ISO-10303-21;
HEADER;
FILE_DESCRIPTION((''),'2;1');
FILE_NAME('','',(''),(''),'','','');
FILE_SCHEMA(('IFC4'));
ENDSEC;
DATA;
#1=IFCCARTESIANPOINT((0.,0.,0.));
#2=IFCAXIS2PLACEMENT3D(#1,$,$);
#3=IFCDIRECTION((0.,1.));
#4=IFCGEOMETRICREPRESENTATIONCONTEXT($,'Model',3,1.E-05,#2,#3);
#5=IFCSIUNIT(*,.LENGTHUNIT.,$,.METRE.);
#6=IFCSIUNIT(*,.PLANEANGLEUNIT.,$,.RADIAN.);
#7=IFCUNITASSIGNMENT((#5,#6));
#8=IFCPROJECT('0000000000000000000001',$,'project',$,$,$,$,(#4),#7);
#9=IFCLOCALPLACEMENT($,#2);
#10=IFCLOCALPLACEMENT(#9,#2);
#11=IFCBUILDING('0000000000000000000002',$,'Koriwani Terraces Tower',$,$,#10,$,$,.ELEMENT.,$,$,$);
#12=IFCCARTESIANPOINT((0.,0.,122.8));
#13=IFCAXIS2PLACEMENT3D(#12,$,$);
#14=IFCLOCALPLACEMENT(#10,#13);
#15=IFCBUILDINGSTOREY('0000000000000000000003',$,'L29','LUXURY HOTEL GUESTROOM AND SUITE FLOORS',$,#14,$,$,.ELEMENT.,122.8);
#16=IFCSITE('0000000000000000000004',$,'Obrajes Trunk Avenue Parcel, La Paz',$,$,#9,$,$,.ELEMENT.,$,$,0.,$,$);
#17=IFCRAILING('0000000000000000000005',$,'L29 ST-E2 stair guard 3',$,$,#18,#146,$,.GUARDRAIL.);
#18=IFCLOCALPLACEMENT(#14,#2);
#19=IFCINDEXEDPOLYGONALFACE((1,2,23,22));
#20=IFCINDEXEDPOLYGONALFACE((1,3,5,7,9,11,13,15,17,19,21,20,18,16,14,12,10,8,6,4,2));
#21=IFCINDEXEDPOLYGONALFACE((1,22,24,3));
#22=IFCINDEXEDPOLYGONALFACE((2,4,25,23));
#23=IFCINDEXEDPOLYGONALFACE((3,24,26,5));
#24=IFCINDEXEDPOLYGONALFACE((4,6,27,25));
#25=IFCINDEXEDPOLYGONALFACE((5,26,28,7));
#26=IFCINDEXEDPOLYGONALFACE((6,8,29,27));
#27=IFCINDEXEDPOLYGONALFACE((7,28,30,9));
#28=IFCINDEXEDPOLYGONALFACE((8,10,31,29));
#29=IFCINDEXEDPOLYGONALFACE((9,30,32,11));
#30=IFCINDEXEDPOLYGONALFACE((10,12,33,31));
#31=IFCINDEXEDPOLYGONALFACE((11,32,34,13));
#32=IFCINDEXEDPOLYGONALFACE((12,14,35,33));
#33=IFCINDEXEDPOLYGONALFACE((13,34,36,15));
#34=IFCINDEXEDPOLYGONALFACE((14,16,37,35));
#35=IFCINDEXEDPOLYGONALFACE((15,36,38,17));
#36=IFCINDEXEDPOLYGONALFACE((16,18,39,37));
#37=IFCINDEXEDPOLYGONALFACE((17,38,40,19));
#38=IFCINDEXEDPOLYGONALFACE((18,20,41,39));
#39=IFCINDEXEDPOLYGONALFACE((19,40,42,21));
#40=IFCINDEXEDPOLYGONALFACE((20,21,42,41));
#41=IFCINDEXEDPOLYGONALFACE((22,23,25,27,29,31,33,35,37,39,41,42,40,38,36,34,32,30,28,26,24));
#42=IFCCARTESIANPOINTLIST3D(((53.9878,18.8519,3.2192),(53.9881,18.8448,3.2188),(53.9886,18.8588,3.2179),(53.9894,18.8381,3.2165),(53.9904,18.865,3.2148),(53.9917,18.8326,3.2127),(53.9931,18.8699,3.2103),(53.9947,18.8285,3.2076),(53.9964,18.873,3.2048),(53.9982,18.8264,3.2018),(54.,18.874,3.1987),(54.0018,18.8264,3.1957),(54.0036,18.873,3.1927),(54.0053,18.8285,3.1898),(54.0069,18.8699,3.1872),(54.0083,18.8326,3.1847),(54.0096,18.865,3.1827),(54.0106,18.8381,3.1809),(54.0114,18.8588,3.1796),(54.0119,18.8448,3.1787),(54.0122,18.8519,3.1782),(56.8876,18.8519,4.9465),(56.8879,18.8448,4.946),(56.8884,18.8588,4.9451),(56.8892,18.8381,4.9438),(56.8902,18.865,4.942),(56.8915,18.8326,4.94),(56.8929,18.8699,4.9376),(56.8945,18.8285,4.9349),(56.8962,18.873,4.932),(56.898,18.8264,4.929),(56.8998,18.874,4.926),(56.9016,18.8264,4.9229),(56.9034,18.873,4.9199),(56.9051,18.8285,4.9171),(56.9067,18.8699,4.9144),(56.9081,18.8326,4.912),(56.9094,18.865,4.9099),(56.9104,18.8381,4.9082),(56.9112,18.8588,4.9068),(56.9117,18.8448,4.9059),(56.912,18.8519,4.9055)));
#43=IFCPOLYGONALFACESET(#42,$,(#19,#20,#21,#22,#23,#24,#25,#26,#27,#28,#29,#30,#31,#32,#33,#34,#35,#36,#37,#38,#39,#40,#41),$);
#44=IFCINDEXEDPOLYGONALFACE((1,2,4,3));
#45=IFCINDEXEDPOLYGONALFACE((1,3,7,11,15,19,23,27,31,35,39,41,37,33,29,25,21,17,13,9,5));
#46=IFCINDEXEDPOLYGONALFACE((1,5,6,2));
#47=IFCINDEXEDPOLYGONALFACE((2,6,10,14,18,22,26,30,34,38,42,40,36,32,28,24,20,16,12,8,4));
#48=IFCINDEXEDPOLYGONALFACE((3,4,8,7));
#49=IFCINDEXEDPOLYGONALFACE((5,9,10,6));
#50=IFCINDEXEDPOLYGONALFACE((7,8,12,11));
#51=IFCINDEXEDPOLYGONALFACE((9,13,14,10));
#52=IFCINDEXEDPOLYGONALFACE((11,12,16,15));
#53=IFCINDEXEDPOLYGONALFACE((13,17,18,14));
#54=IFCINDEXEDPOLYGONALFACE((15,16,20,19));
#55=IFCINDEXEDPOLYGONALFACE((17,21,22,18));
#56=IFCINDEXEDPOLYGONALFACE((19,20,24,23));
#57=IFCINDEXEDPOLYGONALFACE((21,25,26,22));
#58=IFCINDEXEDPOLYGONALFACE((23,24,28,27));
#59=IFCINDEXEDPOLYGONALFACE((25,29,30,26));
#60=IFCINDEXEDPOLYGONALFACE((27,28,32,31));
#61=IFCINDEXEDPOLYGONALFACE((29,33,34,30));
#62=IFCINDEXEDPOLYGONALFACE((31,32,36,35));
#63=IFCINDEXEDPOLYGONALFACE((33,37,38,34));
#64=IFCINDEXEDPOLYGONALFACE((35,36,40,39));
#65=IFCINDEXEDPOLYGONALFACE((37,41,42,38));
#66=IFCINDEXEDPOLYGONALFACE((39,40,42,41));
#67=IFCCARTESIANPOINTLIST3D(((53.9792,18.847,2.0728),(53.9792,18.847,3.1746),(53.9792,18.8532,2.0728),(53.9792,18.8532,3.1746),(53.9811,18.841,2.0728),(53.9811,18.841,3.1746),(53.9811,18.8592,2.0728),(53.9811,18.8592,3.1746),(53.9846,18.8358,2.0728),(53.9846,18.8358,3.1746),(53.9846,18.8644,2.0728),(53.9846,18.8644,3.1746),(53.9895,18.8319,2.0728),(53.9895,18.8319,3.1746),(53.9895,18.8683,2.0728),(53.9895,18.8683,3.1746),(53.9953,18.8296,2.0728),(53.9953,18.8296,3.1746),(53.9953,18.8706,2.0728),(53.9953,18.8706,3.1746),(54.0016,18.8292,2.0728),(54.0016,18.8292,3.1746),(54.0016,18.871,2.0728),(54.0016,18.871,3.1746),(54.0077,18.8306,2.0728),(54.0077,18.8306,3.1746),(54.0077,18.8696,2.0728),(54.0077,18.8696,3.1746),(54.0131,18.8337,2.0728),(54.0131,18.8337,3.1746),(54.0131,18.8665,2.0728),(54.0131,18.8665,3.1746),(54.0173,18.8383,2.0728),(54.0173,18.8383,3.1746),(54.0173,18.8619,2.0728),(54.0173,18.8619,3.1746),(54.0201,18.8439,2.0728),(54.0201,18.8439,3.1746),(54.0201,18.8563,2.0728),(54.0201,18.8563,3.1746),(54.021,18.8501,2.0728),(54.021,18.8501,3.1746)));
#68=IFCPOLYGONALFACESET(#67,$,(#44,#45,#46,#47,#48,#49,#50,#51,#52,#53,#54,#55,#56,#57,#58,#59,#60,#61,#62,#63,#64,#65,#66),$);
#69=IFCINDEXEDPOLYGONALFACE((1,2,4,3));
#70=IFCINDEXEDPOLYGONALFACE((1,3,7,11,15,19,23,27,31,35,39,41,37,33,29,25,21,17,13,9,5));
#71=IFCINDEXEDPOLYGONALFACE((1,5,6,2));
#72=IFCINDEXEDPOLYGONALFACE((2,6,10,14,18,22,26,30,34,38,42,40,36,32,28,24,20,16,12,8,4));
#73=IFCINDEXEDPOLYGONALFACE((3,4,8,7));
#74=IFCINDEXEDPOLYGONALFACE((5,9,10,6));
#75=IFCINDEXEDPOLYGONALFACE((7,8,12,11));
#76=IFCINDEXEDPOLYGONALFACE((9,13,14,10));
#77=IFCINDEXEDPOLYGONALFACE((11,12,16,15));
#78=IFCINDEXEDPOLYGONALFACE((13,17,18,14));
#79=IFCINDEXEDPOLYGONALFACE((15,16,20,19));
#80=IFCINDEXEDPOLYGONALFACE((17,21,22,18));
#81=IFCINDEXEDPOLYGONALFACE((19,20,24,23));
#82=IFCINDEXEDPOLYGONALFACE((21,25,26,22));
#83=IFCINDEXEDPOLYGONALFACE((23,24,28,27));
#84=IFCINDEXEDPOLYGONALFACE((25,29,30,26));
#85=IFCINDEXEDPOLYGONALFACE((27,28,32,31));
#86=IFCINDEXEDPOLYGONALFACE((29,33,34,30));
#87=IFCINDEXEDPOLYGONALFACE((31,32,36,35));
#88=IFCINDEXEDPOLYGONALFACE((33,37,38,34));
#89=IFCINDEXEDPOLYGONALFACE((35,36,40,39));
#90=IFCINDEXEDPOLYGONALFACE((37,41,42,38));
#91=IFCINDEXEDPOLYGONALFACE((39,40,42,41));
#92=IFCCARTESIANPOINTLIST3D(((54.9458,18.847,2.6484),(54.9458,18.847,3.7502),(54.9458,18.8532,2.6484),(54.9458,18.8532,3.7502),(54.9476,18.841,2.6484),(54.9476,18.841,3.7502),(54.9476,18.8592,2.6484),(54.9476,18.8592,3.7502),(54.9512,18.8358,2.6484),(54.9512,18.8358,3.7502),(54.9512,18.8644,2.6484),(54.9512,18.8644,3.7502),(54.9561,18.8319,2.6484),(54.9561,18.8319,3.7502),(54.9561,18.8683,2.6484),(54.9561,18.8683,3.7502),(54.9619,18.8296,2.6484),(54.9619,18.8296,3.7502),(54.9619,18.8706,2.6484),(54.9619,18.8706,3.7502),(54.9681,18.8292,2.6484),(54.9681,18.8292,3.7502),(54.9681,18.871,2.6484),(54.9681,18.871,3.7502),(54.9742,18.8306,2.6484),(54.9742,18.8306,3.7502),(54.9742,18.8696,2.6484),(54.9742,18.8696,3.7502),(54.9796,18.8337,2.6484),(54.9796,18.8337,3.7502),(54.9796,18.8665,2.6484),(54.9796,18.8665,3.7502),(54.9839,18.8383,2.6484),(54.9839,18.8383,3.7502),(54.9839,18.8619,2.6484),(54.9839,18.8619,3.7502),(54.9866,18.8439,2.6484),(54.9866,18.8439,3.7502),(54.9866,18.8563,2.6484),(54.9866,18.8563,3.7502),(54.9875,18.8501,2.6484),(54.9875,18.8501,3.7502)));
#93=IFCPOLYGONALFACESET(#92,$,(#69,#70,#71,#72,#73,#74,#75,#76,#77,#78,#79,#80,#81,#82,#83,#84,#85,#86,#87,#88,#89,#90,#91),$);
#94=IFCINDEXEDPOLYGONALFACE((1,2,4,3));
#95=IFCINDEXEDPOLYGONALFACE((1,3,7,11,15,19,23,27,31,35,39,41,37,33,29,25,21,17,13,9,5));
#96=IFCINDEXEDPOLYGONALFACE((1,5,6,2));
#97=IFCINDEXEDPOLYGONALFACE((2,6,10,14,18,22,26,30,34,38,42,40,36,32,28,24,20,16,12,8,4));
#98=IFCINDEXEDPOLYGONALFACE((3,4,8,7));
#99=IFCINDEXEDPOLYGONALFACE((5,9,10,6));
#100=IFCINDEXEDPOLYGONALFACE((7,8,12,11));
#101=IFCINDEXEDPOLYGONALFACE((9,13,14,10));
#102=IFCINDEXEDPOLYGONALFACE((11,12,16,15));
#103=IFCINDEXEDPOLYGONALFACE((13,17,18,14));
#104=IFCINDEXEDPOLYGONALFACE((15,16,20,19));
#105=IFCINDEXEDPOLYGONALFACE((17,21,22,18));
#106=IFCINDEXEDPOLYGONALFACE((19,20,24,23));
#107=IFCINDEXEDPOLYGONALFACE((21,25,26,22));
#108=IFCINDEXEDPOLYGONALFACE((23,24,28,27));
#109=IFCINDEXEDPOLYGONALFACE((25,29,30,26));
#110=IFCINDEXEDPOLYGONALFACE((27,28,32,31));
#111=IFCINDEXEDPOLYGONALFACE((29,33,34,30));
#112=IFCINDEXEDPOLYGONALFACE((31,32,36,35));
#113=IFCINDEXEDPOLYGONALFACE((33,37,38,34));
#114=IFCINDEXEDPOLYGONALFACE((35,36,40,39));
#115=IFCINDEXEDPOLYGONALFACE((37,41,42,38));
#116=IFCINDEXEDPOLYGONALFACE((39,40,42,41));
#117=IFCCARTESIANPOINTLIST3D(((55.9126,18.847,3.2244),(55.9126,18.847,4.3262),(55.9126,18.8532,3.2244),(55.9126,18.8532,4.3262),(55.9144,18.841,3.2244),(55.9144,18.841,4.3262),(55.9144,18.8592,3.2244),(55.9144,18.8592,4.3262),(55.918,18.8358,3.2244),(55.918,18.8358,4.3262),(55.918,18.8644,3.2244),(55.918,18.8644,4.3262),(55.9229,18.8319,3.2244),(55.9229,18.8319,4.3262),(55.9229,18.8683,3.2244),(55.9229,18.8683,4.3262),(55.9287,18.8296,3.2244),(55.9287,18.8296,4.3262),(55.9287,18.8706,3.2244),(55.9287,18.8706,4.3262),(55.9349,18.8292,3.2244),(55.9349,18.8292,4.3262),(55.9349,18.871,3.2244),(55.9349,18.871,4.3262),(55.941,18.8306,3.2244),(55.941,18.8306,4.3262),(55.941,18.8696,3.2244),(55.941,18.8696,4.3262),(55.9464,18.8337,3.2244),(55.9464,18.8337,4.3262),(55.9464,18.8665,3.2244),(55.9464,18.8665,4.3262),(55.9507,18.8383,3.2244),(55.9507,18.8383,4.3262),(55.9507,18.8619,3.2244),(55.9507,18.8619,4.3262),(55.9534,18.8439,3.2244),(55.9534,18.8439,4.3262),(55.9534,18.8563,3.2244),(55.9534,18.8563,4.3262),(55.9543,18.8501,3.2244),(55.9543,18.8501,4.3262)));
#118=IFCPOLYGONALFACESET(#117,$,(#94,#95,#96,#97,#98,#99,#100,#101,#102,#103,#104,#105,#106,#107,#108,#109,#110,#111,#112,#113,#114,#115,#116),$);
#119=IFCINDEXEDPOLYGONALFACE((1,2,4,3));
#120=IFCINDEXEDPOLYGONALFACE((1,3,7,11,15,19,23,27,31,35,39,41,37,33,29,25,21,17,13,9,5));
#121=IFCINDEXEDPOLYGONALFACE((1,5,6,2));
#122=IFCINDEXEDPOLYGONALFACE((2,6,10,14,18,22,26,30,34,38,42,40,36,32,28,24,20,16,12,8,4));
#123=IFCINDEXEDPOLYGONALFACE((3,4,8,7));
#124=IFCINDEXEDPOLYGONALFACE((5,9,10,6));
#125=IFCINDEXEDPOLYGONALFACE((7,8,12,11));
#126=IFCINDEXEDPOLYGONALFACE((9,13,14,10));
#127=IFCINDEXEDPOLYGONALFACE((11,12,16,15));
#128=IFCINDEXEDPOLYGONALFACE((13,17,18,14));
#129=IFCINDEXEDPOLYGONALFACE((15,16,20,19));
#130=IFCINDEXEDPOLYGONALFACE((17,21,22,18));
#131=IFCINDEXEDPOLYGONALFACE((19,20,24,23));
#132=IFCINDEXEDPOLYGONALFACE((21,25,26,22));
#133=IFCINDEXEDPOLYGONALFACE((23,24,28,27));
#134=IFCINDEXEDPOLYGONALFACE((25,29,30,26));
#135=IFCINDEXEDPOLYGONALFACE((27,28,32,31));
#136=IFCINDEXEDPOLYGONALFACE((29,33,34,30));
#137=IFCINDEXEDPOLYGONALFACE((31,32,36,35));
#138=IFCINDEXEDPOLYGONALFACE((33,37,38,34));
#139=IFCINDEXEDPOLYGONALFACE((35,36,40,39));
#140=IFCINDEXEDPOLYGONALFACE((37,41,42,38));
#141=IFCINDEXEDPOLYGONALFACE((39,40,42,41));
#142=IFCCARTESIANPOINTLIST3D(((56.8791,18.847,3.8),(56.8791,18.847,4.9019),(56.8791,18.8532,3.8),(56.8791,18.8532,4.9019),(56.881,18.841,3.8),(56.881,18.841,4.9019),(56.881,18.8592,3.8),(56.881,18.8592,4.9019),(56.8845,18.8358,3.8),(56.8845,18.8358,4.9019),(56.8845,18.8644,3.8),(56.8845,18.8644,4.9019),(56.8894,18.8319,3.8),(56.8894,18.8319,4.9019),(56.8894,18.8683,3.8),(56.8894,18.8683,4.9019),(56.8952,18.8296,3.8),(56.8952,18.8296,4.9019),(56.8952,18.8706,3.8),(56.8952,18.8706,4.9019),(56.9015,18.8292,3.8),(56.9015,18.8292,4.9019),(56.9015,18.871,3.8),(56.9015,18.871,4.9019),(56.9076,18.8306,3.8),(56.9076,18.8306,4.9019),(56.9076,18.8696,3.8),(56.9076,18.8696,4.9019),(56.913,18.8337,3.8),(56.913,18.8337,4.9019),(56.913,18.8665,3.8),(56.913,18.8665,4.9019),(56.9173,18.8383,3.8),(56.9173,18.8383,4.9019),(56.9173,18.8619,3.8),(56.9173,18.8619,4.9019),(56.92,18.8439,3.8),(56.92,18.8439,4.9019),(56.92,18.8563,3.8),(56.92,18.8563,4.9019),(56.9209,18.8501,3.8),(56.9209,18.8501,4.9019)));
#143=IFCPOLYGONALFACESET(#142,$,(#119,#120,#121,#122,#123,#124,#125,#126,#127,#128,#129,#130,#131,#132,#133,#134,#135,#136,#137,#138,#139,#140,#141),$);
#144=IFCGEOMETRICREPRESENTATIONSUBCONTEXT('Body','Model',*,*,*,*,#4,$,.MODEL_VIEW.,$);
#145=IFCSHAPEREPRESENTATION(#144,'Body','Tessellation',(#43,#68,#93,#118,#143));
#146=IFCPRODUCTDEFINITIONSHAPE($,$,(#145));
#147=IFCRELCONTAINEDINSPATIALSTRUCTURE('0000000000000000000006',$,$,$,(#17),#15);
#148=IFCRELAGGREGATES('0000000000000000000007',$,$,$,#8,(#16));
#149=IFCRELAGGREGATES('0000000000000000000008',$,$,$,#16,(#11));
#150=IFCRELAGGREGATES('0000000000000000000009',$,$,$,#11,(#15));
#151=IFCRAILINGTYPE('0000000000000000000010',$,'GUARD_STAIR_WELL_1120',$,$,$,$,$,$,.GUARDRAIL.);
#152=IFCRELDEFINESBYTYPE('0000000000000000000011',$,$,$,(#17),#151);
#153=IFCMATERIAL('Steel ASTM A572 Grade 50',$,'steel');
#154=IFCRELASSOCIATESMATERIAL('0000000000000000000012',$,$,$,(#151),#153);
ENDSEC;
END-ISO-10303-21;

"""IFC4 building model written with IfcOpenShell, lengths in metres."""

from ifc_helpers import new_model, si_unit, direction, frame, origin, origin_2d, place, context, subcontext, project, spatial, circle, extrude, material, type_object, element, save


model = new_model("IFC4")

# Units and contexts
model_context = context("Model", 3, precision=1e-05, world=origin(), true_north=direction((0.0, 1.0)))
body_context = subcontext(model_context, "Body", "Model", "MODEL_VIEW")
ifc_project = project(units=[si_unit("LENGTHUNIT", "METRE"), si_unit("PLANEANGLEUNIT", "RADIAN")], contexts=[model_context])

# Site, building, storey
site_placement = place(None, origin())
site = spatial("IfcSite", under=ifc_project, at=site_placement, Name="Obrajes Trunk Avenue Parcel, La Paz", CompositionType="ELEMENT", RefElevation=0.0)
building_placement = place(site_placement, origin())
building = spatial("IfcBuilding", under=site, at=building_placement, Name="Koriwani Terraces Tower", CompositionType="ELEMENT")
storey_placement = place(building_placement, frame((0.0, 0.0, 122.8)))
storey = spatial("IfcBuildingStorey", under=building, at=storey_placement, Name="L29", Description="LUXURY HOTEL GUESTROOM AND SUITE FLOORS", CompositionType="ELEMENT", Elevation=122.8)

# Shared definitions
ifc_material_1 = material(Name="Steel ASTM A572 Grade 50", Category="steel")

# Railing
railing_type_1 = type_object("IfcRailingType", Name="GUARD_STAIR_WELL_1120", PredefinedType="GUARDRAIL", material=ifc_material_1)
railing_1_placement = place(storey_placement, frame((54.0, 18.8501, 2.0728)))
element("IfcRailing", 1, at=railing_1_placement, inside=storey, type_object=railing_type_1, Name="L29 ST-E2 stair guard 3", PredefinedType="GUARDRAIL", context=body_context, shape_type="SweptSolid", body=[
    extrude(circle(Radius=0.0239, at=origin_2d()), frame((0.0, 0.0, 1.126), z_axis=(0.859141, 0.0, 0.511738), x_axis=(0.0, 1.0, 0.0)), (0.0, 0.0, 1.0), 3.3752),
    extrude(circle(Radius=0.021, at=origin_2d()), origin(), (0.0, 0.0, 1.0), 1.1018),
    extrude(circle(Radius=0.021, at=origin_2d()), frame((0.9666, 0.0, 0.5757)), (0.0, 0.0, 1.0), 1.1018),
    extrude(circle(Radius=0.021, at=origin_2d()), frame((1.9333, 0.0, 1.1516)), (0.0, 0.0, 1.0), 1.1018),
    extrude(circle(Radius=0.021, at=origin_2d()), frame((2.8999, 0.0, 1.7273)), (0.0, 0.0, 1.0), 1.1018),
])

save(model, "model.ifc")
